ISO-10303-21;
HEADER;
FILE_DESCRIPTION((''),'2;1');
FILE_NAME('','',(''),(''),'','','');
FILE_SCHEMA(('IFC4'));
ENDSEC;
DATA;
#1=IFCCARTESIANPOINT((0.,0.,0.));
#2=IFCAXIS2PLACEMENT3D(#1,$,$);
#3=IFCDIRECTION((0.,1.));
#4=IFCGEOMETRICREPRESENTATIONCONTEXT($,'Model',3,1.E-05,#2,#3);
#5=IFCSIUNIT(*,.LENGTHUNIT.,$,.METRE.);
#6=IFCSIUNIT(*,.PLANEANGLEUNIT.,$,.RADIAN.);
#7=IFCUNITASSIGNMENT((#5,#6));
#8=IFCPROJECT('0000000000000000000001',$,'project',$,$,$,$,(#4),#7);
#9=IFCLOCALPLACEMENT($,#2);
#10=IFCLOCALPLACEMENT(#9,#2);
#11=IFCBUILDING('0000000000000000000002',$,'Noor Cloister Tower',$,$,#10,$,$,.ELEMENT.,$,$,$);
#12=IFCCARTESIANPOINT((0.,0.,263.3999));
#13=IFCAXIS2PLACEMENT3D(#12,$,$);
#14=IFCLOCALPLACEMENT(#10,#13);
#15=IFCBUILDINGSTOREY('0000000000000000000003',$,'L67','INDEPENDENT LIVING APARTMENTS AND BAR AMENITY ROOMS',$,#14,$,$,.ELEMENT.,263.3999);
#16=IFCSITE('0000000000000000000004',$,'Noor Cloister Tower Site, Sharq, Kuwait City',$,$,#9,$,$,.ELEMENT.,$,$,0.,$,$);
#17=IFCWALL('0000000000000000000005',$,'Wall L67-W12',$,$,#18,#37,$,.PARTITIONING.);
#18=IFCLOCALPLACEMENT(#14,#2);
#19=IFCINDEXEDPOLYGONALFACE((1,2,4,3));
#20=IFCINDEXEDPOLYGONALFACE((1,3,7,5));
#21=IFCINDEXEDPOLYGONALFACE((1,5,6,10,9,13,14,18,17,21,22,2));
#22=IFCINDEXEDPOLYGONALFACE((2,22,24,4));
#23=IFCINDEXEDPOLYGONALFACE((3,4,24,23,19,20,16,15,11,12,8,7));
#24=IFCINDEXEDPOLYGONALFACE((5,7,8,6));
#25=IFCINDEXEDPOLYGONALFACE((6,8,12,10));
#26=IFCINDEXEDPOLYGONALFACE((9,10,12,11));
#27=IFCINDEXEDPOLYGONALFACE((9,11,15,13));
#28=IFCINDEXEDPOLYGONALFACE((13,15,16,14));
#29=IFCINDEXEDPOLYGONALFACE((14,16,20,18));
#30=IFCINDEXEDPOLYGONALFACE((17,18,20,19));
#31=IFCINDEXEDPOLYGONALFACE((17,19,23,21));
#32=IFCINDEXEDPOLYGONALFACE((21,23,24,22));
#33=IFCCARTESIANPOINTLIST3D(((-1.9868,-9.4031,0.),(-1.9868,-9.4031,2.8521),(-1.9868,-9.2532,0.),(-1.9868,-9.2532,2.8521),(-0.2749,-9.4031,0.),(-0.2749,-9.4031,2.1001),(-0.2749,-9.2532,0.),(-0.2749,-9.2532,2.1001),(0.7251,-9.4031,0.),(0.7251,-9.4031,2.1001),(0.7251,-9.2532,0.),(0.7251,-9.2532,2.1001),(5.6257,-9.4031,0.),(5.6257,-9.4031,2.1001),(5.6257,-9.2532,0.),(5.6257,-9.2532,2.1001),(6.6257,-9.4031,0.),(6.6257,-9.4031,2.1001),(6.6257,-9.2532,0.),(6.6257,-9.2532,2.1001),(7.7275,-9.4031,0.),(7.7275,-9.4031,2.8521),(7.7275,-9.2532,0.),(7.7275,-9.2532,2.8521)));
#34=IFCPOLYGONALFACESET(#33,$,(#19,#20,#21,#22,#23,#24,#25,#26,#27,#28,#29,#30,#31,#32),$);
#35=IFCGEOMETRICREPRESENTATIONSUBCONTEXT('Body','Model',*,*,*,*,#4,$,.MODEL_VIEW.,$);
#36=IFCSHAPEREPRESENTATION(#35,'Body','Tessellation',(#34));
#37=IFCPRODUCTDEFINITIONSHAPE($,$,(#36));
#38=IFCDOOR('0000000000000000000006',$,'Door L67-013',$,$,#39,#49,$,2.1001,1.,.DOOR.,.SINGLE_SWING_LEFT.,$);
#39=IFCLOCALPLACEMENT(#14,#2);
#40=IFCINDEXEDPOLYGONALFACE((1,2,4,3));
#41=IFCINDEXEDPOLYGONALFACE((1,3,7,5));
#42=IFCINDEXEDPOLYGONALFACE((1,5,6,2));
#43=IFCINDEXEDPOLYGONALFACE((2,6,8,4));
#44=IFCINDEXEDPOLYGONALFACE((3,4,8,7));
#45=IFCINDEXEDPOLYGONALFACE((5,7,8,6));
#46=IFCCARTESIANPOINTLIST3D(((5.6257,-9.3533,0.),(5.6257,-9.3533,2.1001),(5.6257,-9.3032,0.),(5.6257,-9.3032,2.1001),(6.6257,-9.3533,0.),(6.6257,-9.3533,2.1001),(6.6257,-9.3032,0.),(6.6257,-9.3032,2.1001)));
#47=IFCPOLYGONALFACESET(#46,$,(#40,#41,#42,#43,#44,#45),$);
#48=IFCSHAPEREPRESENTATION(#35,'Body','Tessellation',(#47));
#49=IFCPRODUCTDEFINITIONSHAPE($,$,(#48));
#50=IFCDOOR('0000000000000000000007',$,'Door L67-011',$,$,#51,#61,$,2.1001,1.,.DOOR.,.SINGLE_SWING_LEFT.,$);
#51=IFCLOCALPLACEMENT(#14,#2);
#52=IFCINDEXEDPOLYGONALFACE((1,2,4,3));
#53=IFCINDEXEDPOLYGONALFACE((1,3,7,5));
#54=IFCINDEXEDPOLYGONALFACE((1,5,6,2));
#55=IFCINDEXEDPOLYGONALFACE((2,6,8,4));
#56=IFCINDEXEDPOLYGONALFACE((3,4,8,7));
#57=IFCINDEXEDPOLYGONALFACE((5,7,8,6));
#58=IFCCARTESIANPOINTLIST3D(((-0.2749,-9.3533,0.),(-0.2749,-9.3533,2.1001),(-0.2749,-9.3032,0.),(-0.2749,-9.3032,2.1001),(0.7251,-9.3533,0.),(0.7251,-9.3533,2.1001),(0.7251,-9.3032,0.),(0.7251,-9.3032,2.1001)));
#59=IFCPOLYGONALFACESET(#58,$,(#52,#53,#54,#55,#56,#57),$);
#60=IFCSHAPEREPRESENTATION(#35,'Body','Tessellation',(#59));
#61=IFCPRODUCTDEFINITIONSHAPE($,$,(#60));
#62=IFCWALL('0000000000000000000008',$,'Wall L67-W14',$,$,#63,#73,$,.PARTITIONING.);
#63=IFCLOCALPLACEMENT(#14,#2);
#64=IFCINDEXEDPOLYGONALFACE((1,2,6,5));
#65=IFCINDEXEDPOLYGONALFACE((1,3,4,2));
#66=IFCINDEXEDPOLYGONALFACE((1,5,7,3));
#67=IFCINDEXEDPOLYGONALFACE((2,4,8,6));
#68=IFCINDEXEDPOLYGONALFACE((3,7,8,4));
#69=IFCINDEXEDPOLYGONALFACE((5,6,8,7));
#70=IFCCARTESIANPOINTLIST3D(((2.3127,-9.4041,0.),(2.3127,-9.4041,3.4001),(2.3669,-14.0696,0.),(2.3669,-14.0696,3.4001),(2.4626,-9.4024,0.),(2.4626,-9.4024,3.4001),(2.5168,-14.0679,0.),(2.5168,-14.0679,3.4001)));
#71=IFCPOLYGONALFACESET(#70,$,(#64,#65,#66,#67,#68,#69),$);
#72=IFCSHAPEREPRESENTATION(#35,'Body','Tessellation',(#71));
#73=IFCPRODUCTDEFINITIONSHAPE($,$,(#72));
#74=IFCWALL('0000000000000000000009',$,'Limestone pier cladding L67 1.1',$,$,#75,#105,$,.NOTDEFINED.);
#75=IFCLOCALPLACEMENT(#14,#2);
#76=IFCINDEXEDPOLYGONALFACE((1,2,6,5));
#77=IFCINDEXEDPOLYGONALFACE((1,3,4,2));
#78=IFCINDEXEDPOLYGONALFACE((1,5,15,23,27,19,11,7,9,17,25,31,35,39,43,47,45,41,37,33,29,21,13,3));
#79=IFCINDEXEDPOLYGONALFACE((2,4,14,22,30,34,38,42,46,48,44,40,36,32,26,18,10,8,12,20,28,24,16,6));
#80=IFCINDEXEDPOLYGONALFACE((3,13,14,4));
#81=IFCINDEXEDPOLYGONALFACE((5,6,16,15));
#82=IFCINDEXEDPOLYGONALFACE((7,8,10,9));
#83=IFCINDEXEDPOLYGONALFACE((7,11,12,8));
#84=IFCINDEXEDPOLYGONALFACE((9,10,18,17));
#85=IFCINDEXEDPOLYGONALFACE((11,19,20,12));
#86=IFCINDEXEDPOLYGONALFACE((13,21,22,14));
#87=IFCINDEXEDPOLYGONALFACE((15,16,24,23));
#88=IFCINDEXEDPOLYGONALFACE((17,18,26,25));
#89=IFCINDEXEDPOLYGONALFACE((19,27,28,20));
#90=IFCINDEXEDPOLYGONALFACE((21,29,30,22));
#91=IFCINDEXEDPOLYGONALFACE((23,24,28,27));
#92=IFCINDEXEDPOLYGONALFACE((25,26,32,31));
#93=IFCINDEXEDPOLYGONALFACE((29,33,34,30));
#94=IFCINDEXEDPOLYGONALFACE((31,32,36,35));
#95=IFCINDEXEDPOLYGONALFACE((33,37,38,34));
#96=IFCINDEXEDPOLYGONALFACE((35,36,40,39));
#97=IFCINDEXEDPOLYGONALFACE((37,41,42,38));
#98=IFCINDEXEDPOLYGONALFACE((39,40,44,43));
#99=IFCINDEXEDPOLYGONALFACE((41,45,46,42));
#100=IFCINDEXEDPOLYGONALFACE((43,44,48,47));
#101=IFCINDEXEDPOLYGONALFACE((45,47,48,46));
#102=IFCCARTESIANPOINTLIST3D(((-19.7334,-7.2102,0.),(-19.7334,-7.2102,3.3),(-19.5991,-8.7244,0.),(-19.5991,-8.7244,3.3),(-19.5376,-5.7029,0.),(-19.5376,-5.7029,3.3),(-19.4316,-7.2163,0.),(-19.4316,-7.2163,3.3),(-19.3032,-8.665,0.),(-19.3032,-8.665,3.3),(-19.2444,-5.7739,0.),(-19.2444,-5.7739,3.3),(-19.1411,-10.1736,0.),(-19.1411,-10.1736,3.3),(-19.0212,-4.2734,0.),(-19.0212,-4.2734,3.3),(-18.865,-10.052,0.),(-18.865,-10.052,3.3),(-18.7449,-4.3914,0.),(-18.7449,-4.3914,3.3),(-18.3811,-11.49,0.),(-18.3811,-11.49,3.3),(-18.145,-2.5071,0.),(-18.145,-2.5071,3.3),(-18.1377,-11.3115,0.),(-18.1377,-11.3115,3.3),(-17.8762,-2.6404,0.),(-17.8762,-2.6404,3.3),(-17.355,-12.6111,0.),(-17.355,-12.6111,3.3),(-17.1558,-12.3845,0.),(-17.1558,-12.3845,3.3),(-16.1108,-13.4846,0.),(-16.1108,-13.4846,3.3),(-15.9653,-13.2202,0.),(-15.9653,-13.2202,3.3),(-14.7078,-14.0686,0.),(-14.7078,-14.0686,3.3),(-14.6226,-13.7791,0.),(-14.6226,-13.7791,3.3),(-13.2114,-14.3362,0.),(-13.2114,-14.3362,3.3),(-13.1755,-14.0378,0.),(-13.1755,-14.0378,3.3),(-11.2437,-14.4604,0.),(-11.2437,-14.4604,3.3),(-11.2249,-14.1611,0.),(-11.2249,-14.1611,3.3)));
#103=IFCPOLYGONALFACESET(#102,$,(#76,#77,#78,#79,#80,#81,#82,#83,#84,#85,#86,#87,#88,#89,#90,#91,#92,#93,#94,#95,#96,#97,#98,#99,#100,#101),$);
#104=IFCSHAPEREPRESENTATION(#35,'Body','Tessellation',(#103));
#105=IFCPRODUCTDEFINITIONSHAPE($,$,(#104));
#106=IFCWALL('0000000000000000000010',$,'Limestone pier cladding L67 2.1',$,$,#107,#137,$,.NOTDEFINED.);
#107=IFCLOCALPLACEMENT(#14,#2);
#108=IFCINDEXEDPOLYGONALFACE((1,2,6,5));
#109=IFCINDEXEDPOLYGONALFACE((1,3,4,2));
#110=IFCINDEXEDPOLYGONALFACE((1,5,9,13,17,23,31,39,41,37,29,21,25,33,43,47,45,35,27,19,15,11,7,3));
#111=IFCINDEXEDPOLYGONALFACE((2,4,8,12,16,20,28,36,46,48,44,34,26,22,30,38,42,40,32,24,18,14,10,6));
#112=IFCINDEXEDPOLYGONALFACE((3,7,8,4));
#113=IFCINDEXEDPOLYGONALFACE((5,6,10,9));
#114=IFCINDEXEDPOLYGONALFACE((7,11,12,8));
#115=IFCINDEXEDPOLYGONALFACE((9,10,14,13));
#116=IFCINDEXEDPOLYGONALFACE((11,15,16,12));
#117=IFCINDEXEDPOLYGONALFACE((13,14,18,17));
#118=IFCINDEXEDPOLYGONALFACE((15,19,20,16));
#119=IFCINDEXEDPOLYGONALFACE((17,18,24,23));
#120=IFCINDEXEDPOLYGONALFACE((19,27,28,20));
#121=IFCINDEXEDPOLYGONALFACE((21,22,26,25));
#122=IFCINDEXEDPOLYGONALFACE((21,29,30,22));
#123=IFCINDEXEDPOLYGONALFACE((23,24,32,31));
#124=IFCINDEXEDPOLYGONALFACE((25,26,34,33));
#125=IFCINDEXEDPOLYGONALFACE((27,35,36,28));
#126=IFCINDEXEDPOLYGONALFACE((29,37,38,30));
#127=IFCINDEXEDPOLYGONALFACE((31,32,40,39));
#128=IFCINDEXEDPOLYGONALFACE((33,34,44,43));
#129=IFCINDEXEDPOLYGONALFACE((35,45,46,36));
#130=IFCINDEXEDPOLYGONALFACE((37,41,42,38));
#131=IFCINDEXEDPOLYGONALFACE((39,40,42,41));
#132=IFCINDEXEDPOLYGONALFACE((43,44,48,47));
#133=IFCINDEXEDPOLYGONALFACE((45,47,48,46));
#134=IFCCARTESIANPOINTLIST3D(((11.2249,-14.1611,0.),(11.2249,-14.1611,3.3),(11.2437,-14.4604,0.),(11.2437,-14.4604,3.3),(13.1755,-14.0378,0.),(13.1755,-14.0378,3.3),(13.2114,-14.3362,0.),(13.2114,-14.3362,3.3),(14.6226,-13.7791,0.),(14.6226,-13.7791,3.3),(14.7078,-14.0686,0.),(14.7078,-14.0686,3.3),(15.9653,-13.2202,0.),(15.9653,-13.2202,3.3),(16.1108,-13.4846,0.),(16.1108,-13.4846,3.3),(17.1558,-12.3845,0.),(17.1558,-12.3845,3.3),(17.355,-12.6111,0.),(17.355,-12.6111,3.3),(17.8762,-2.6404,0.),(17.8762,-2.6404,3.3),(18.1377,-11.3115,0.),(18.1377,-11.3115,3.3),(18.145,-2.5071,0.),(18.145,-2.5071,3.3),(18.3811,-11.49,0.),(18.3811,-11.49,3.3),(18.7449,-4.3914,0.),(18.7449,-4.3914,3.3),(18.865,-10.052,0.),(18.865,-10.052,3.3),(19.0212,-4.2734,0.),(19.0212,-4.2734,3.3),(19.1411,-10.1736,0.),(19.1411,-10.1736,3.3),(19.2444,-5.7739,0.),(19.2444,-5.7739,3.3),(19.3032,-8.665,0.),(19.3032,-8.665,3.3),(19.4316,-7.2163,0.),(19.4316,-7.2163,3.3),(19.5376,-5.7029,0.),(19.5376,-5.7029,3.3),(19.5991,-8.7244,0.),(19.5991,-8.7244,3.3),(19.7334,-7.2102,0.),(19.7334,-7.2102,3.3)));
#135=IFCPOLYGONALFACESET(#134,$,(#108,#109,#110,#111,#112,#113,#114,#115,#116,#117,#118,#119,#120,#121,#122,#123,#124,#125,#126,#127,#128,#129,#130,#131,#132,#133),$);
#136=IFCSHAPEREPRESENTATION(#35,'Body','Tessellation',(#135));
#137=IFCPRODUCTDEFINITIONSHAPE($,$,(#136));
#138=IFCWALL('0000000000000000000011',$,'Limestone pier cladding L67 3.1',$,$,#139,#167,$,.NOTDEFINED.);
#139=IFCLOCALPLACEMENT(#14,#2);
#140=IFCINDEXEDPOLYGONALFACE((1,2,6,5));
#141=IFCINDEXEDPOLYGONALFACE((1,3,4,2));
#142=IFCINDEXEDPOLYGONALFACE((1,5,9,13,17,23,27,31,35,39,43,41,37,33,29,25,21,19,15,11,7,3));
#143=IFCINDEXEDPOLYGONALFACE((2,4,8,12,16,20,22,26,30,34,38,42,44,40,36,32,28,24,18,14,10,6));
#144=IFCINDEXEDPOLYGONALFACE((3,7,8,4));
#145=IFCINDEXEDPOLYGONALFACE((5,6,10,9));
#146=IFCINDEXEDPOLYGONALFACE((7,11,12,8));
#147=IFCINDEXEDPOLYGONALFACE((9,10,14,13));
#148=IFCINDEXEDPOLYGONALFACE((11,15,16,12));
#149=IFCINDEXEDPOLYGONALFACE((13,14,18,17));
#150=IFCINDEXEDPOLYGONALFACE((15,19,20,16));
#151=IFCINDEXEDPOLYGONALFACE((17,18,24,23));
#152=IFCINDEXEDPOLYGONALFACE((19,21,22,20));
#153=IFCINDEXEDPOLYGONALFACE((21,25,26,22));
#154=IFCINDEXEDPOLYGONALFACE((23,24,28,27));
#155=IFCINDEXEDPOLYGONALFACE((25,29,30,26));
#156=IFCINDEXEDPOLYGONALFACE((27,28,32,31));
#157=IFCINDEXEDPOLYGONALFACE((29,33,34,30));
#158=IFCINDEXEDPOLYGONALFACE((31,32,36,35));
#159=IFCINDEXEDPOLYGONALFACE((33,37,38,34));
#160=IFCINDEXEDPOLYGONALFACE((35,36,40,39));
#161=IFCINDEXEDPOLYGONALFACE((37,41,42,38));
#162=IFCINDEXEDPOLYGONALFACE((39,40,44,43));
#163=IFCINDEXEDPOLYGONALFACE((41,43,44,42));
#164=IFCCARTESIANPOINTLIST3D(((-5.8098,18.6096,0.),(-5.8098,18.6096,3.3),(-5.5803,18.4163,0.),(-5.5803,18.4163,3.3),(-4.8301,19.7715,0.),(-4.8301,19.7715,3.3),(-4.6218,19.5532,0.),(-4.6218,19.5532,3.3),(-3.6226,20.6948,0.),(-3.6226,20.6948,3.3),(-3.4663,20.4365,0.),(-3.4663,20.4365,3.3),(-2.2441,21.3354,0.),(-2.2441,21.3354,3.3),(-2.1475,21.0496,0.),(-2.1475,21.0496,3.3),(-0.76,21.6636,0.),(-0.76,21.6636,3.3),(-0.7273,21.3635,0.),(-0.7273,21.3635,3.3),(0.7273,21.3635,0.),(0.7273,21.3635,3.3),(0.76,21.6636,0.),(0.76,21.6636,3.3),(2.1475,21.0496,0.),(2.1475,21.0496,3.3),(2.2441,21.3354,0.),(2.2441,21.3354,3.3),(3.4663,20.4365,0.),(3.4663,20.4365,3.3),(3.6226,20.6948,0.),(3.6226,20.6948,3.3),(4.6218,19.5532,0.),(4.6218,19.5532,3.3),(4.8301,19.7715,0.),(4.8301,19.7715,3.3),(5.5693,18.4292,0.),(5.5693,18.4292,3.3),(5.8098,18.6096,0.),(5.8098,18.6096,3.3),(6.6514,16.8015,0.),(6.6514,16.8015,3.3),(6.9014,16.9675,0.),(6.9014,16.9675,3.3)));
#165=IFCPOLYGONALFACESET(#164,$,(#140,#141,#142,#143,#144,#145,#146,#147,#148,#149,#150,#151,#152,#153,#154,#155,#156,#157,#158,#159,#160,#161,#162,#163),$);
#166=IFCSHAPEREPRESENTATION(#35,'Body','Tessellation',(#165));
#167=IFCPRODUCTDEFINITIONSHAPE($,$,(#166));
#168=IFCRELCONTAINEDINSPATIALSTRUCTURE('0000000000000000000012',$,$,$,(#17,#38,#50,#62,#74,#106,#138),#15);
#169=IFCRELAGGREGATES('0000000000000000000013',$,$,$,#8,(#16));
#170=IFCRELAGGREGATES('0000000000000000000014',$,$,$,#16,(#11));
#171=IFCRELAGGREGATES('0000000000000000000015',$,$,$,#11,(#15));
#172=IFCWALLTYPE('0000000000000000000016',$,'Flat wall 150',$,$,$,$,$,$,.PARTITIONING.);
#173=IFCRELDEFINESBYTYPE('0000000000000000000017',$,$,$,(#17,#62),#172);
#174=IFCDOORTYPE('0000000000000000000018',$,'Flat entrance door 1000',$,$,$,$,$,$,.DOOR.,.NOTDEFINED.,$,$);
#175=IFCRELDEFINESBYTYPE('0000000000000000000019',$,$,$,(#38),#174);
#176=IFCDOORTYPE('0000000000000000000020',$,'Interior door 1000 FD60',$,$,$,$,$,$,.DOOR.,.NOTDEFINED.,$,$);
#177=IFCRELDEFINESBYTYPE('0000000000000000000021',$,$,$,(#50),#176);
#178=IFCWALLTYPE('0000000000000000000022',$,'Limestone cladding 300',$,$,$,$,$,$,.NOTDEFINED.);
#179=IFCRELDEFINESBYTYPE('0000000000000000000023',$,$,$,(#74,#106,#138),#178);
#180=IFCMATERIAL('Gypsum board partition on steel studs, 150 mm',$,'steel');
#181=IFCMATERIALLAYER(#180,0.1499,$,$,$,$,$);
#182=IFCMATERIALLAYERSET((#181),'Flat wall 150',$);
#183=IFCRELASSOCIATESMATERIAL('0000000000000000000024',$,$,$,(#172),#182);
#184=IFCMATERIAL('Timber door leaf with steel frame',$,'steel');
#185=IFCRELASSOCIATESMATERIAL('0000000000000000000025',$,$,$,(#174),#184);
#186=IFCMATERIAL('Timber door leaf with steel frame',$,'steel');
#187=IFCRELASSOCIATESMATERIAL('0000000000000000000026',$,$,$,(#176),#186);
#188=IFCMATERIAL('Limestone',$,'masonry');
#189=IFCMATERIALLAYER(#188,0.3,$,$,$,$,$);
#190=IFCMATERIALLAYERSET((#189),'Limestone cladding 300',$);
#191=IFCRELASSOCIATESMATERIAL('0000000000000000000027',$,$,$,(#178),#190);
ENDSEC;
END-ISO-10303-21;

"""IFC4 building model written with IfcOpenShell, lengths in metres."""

from ifc_helpers import new_model, si_unit, direction, frame, frame_2d, origin, place, context, subcontext, project, spatial, polyline, rectangle, outline, extrude, material, layer, layer_set, type_object, element, fill, save


model = new_model("IFC4")

# Units and contexts
model_context = context("Model", 3, precision=1e-05, world=origin(), true_north=direction((0.0, 1.0)))
body_context = subcontext(model_context, "Body", "Model", "MODEL_VIEW")
ifc_project = project(units=[si_unit("LENGTHUNIT", "METRE"), si_unit("PLANEANGLEUNIT", "RADIAN")], contexts=[model_context])

# Site, building, storey
site_placement = place(None, origin())
site = spatial("IfcSite", under=ifc_project, at=site_placement, Name="Noor Cloister Tower Site, Sharq, Kuwait City", CompositionType="ELEMENT", RefElevation=0.0)
building_placement = place(site_placement, origin())
building = spatial("IfcBuilding", under=site, at=building_placement, Name="Noor Cloister Tower", CompositionType="ELEMENT")
storey_placement = place(building_placement, frame((0.0, 0.0, 263.3999)))
storey = spatial("IfcBuildingStorey", under=building, at=storey_placement, Name="L67", Description="INDEPENDENT LIVING APARTMENTS AND BAR AMENITY ROOMS", CompositionType="ELEMENT", Elevation=263.3999)

# Wall, openings, doors
ifc_material_1 = material(Name="Gypsum board partition on steel studs, 150 mm", Category="steel")
ifc_layer_1 = layer(ifc_material_1, 0.1499)
ifc_layer_set_1 = layer_set([ifc_layer_1], Name="Flat wall 150")
wall_type_1 = type_object("IfcWallType", Name="Flat wall 150", PredefinedType="PARTITIONING", material=ifc_layer_set_1)
wall_1_placement = place(storey_placement, frame((-1.9868, -9.3281, 0.0), z_axis=(0.0, 0.0, 1.0), x_axis=(1.0, 0.0, 0.0)))
wall_1 = element("IfcWall", 1, at=wall_1_placement, inside=storey, type_object=wall_type_1, Name="Wall L67-W12", PredefinedType="PARTITIONING", context=body_context, shape_type="SweptSolid", body=[
    extrude(rectangle(XDim=9.7144, YDim=0.1499, at=frame_2d((4.8572, 0.0))), origin(), (0.0, 0.0, 1.0), 2.8521),
])
opening_1_placement = place(wall_1_placement, frame((1.7119, 0.0, 0.0)))
opening_1 = element("IfcOpeningElement", 2, at=opening_1_placement, cuts=wall_1, PredefinedType="OPENING", context=body_context, shape_type="SweptSolid", body=[
    extrude(rectangle(XDim=1.0, YDim=2.1001, at=frame_2d((0.5, 1.05))), frame((0.0, 0.085, 0.0), z_axis=(0.0, -1.0, 0.0), x_axis=(1.0, 0.0, 0.0)), (0.0, 0.0, 1.0), 0.1699),
])
opening_2_placement = place(wall_1_placement, frame((7.6125, 0.0, 0.0)))
opening_2 = element("IfcOpeningElement", 3, at=opening_2_placement, cuts=wall_1, PredefinedType="OPENING", context=body_context, shape_type="SweptSolid", body=[
    extrude(rectangle(XDim=1.0, YDim=2.1001, at=frame_2d((0.5, 1.05))), frame((0.0, 0.085, 0.0), z_axis=(0.0, -1.0, 0.0), x_axis=(1.0, 0.0, 0.0)), (0.0, 0.0, 1.0), 0.1699),
])
ifc_material_2 = material(Name="Timber door leaf with steel frame", Category="steel")
door_type_1 = type_object("IfcDoorType", Name="Flat entrance door 1000", OperationType="NOTDEFINED", PredefinedType="DOOR", material=ifc_material_2)
door_1_placement = place(opening_2_placement, origin())
door_1 = element("IfcDoor", 4, at=door_1_placement, inside=storey, type_object=door_type_1, Name="Door L67-013", OperationType="SINGLE_SWING_LEFT", OverallHeight=2.1001, OverallWidth=1.0, PredefinedType="DOOR", context=body_context, shape_type="SweptSolid", body=[
    extrude(rectangle(XDim=1.0, YDim=2.1001, at=frame_2d((0.5, 1.05))), frame((0.0, 0.0249, 0.0), z_axis=(0.0, -1.0, 0.0), x_axis=(1.0, 0.0, 0.0)), (0.0, 0.0, 1.0), 0.05),
])
fill(opening_2, door_1)
ifc_material_3 = material(Name="Timber door leaf with steel frame", Category="steel")
door_type_2 = type_object("IfcDoorType", Name="Interior door 1000 FD60", OperationType="NOTDEFINED", PredefinedType="DOOR", material=ifc_material_3)
door_2_placement = place(opening_1_placement, origin())
door_2 = element("IfcDoor", 5, at=door_2_placement, inside=storey, type_object=door_type_2, Name="Door L67-011", OperationType="SINGLE_SWING_LEFT", OverallHeight=2.1001, OverallWidth=1.0, PredefinedType="DOOR", context=body_context, shape_type="SweptSolid", body=[
    extrude(rectangle(XDim=1.0, YDim=2.1001, at=frame_2d((0.5, 1.05))), frame((0.0, 0.0249, 0.0), z_axis=(0.0, -1.0, 0.0), x_axis=(1.0, 0.0, 0.0)), (0.0, 0.0, 1.0), 0.05),
])
fill(opening_1, door_2)

# Walls
wall_2_placement = place(storey_placement, frame((2.4419, -14.0688, 0.0), z_axis=(0.0, 0.0, 1.0), x_axis=(-0.011616, 0.999933, 0.0)))
element("IfcWall", 6, at=wall_2_placement, inside=storey, type_object=wall_type_1, Name="Wall L67-W14", PredefinedType="PARTITIONING", context=body_context, shape_type="SweptSolid", body=[
    extrude(rectangle(XDim=4.6658, YDim=0.1499, at=frame_2d((2.333, 0.0))), origin(), (0.0, 0.0, 1.0), 3.4001),
])
ifc_material_4 = material(Name="Limestone", Category="masonry")
ifc_layer_2 = layer(ifc_material_4, 0.3)
ifc_layer_set_2 = layer_set([ifc_layer_2], Name="Limestone cladding 300")
wall_type_2 = type_object("IfcWallType", Name="Limestone cladding 300", PredefinedType="NOTDEFINED", material=ifc_layer_set_2)
wall_3_placement = place(storey_placement, origin())
element("IfcWall", 7, at=wall_3_placement, inside=storey, type_object=wall_type_2, Name="Limestone pier cladding L67 1.1", PredefinedType="NOTDEFINED", context=body_context, shape_type="SweptSolid", body=[
    extrude(outline(polyline([(-18.145, -2.5071), (-19.0212, -4.2734), (-19.5376, -5.7029), (-19.7334, -7.2102), (-19.5991, -8.7244), (-19.1411, -10.1736), (-18.3811, -11.49), (-17.355, -12.6111), (-16.1108, -13.4846), (-14.7078, -14.0686), (-13.2114, -14.3362), (-11.2437, -14.4604), (-11.2249, -14.1611), (-13.1755, -14.0378), (-14.6226, -13.7791), (-15.9653, -13.2202), (-17.1558, -12.3845), (-18.1377, -11.3115), (-18.865, -10.052), (-19.3032, -8.665), (-19.4316, -7.2163), (-19.2444, -5.7739), (-18.7449, -4.3914), (-17.8762, -2.6404), (-18.145, -2.5071)])), origin(), (0.0, 0.0, 1.0), 3.3),
])
wall_4_placement = place(storey_placement, origin())
element("IfcWall", 8, at=wall_4_placement, inside=storey, type_object=wall_type_2, Name="Limestone pier cladding L67 2.1", PredefinedType="NOTDEFINED", context=body_context, shape_type="SweptSolid", body=[
    extrude(outline(polyline([(11.2437, -14.4604), (13.2114, -14.3362), (14.7078, -14.0686), (16.1108, -13.4846), (17.355, -12.6111), (18.3811, -11.49), (19.1411, -10.1736), (19.5991, -8.7244), (19.7334, -7.2102), (19.5376, -5.7029), (19.0212, -4.2734), (18.145, -2.5071), (17.8762, -2.6404), (18.7449, -4.3914), (19.2444, -5.7739), (19.4316, -7.2163), (19.3032, -8.665), (18.865, -10.052), (18.1377, -11.3115), (17.1558, -12.3845), (15.9653, -13.2202), (14.6226, -13.7791), (13.1755, -14.0378), (11.2249, -14.1611), (11.2437, -14.4604)])), origin(), (0.0, 0.0, 1.0), 3.3),
])
wall_5_placement = place(storey_placement, origin())
element("IfcWall", 9, at=wall_5_placement, inside=storey, type_object=wall_type_2, Name="Limestone pier cladding L67 3.1", PredefinedType="NOTDEFINED", context=body_context, shape_type="SweptSolid", body=[
    extrude(outline(polyline([(6.9014, 16.9675), (5.8098, 18.6096), (4.8301, 19.7715), (3.6226, 20.6948), (2.2441, 21.3354), (0.76, 21.6636), (-0.76, 21.6636), (-2.2441, 21.3354), (-3.6226, 20.6948), (-4.8301, 19.7715), (-5.8098, 18.6096), (-5.5803, 18.4163), (-4.6218, 19.5532), (-3.4663, 20.4365), (-2.1475, 21.0496), (-0.7273, 21.3635), (0.7273, 21.3635), (2.1475, 21.0496), (3.4663, 20.4365), (4.6218, 19.5532), (5.5693, 18.4292), (6.6514, 16.8015), (6.9014, 16.9675)])), origin(), (0.0, 0.0, 1.0), 3.3),
])

save(model, "model.ifc")
